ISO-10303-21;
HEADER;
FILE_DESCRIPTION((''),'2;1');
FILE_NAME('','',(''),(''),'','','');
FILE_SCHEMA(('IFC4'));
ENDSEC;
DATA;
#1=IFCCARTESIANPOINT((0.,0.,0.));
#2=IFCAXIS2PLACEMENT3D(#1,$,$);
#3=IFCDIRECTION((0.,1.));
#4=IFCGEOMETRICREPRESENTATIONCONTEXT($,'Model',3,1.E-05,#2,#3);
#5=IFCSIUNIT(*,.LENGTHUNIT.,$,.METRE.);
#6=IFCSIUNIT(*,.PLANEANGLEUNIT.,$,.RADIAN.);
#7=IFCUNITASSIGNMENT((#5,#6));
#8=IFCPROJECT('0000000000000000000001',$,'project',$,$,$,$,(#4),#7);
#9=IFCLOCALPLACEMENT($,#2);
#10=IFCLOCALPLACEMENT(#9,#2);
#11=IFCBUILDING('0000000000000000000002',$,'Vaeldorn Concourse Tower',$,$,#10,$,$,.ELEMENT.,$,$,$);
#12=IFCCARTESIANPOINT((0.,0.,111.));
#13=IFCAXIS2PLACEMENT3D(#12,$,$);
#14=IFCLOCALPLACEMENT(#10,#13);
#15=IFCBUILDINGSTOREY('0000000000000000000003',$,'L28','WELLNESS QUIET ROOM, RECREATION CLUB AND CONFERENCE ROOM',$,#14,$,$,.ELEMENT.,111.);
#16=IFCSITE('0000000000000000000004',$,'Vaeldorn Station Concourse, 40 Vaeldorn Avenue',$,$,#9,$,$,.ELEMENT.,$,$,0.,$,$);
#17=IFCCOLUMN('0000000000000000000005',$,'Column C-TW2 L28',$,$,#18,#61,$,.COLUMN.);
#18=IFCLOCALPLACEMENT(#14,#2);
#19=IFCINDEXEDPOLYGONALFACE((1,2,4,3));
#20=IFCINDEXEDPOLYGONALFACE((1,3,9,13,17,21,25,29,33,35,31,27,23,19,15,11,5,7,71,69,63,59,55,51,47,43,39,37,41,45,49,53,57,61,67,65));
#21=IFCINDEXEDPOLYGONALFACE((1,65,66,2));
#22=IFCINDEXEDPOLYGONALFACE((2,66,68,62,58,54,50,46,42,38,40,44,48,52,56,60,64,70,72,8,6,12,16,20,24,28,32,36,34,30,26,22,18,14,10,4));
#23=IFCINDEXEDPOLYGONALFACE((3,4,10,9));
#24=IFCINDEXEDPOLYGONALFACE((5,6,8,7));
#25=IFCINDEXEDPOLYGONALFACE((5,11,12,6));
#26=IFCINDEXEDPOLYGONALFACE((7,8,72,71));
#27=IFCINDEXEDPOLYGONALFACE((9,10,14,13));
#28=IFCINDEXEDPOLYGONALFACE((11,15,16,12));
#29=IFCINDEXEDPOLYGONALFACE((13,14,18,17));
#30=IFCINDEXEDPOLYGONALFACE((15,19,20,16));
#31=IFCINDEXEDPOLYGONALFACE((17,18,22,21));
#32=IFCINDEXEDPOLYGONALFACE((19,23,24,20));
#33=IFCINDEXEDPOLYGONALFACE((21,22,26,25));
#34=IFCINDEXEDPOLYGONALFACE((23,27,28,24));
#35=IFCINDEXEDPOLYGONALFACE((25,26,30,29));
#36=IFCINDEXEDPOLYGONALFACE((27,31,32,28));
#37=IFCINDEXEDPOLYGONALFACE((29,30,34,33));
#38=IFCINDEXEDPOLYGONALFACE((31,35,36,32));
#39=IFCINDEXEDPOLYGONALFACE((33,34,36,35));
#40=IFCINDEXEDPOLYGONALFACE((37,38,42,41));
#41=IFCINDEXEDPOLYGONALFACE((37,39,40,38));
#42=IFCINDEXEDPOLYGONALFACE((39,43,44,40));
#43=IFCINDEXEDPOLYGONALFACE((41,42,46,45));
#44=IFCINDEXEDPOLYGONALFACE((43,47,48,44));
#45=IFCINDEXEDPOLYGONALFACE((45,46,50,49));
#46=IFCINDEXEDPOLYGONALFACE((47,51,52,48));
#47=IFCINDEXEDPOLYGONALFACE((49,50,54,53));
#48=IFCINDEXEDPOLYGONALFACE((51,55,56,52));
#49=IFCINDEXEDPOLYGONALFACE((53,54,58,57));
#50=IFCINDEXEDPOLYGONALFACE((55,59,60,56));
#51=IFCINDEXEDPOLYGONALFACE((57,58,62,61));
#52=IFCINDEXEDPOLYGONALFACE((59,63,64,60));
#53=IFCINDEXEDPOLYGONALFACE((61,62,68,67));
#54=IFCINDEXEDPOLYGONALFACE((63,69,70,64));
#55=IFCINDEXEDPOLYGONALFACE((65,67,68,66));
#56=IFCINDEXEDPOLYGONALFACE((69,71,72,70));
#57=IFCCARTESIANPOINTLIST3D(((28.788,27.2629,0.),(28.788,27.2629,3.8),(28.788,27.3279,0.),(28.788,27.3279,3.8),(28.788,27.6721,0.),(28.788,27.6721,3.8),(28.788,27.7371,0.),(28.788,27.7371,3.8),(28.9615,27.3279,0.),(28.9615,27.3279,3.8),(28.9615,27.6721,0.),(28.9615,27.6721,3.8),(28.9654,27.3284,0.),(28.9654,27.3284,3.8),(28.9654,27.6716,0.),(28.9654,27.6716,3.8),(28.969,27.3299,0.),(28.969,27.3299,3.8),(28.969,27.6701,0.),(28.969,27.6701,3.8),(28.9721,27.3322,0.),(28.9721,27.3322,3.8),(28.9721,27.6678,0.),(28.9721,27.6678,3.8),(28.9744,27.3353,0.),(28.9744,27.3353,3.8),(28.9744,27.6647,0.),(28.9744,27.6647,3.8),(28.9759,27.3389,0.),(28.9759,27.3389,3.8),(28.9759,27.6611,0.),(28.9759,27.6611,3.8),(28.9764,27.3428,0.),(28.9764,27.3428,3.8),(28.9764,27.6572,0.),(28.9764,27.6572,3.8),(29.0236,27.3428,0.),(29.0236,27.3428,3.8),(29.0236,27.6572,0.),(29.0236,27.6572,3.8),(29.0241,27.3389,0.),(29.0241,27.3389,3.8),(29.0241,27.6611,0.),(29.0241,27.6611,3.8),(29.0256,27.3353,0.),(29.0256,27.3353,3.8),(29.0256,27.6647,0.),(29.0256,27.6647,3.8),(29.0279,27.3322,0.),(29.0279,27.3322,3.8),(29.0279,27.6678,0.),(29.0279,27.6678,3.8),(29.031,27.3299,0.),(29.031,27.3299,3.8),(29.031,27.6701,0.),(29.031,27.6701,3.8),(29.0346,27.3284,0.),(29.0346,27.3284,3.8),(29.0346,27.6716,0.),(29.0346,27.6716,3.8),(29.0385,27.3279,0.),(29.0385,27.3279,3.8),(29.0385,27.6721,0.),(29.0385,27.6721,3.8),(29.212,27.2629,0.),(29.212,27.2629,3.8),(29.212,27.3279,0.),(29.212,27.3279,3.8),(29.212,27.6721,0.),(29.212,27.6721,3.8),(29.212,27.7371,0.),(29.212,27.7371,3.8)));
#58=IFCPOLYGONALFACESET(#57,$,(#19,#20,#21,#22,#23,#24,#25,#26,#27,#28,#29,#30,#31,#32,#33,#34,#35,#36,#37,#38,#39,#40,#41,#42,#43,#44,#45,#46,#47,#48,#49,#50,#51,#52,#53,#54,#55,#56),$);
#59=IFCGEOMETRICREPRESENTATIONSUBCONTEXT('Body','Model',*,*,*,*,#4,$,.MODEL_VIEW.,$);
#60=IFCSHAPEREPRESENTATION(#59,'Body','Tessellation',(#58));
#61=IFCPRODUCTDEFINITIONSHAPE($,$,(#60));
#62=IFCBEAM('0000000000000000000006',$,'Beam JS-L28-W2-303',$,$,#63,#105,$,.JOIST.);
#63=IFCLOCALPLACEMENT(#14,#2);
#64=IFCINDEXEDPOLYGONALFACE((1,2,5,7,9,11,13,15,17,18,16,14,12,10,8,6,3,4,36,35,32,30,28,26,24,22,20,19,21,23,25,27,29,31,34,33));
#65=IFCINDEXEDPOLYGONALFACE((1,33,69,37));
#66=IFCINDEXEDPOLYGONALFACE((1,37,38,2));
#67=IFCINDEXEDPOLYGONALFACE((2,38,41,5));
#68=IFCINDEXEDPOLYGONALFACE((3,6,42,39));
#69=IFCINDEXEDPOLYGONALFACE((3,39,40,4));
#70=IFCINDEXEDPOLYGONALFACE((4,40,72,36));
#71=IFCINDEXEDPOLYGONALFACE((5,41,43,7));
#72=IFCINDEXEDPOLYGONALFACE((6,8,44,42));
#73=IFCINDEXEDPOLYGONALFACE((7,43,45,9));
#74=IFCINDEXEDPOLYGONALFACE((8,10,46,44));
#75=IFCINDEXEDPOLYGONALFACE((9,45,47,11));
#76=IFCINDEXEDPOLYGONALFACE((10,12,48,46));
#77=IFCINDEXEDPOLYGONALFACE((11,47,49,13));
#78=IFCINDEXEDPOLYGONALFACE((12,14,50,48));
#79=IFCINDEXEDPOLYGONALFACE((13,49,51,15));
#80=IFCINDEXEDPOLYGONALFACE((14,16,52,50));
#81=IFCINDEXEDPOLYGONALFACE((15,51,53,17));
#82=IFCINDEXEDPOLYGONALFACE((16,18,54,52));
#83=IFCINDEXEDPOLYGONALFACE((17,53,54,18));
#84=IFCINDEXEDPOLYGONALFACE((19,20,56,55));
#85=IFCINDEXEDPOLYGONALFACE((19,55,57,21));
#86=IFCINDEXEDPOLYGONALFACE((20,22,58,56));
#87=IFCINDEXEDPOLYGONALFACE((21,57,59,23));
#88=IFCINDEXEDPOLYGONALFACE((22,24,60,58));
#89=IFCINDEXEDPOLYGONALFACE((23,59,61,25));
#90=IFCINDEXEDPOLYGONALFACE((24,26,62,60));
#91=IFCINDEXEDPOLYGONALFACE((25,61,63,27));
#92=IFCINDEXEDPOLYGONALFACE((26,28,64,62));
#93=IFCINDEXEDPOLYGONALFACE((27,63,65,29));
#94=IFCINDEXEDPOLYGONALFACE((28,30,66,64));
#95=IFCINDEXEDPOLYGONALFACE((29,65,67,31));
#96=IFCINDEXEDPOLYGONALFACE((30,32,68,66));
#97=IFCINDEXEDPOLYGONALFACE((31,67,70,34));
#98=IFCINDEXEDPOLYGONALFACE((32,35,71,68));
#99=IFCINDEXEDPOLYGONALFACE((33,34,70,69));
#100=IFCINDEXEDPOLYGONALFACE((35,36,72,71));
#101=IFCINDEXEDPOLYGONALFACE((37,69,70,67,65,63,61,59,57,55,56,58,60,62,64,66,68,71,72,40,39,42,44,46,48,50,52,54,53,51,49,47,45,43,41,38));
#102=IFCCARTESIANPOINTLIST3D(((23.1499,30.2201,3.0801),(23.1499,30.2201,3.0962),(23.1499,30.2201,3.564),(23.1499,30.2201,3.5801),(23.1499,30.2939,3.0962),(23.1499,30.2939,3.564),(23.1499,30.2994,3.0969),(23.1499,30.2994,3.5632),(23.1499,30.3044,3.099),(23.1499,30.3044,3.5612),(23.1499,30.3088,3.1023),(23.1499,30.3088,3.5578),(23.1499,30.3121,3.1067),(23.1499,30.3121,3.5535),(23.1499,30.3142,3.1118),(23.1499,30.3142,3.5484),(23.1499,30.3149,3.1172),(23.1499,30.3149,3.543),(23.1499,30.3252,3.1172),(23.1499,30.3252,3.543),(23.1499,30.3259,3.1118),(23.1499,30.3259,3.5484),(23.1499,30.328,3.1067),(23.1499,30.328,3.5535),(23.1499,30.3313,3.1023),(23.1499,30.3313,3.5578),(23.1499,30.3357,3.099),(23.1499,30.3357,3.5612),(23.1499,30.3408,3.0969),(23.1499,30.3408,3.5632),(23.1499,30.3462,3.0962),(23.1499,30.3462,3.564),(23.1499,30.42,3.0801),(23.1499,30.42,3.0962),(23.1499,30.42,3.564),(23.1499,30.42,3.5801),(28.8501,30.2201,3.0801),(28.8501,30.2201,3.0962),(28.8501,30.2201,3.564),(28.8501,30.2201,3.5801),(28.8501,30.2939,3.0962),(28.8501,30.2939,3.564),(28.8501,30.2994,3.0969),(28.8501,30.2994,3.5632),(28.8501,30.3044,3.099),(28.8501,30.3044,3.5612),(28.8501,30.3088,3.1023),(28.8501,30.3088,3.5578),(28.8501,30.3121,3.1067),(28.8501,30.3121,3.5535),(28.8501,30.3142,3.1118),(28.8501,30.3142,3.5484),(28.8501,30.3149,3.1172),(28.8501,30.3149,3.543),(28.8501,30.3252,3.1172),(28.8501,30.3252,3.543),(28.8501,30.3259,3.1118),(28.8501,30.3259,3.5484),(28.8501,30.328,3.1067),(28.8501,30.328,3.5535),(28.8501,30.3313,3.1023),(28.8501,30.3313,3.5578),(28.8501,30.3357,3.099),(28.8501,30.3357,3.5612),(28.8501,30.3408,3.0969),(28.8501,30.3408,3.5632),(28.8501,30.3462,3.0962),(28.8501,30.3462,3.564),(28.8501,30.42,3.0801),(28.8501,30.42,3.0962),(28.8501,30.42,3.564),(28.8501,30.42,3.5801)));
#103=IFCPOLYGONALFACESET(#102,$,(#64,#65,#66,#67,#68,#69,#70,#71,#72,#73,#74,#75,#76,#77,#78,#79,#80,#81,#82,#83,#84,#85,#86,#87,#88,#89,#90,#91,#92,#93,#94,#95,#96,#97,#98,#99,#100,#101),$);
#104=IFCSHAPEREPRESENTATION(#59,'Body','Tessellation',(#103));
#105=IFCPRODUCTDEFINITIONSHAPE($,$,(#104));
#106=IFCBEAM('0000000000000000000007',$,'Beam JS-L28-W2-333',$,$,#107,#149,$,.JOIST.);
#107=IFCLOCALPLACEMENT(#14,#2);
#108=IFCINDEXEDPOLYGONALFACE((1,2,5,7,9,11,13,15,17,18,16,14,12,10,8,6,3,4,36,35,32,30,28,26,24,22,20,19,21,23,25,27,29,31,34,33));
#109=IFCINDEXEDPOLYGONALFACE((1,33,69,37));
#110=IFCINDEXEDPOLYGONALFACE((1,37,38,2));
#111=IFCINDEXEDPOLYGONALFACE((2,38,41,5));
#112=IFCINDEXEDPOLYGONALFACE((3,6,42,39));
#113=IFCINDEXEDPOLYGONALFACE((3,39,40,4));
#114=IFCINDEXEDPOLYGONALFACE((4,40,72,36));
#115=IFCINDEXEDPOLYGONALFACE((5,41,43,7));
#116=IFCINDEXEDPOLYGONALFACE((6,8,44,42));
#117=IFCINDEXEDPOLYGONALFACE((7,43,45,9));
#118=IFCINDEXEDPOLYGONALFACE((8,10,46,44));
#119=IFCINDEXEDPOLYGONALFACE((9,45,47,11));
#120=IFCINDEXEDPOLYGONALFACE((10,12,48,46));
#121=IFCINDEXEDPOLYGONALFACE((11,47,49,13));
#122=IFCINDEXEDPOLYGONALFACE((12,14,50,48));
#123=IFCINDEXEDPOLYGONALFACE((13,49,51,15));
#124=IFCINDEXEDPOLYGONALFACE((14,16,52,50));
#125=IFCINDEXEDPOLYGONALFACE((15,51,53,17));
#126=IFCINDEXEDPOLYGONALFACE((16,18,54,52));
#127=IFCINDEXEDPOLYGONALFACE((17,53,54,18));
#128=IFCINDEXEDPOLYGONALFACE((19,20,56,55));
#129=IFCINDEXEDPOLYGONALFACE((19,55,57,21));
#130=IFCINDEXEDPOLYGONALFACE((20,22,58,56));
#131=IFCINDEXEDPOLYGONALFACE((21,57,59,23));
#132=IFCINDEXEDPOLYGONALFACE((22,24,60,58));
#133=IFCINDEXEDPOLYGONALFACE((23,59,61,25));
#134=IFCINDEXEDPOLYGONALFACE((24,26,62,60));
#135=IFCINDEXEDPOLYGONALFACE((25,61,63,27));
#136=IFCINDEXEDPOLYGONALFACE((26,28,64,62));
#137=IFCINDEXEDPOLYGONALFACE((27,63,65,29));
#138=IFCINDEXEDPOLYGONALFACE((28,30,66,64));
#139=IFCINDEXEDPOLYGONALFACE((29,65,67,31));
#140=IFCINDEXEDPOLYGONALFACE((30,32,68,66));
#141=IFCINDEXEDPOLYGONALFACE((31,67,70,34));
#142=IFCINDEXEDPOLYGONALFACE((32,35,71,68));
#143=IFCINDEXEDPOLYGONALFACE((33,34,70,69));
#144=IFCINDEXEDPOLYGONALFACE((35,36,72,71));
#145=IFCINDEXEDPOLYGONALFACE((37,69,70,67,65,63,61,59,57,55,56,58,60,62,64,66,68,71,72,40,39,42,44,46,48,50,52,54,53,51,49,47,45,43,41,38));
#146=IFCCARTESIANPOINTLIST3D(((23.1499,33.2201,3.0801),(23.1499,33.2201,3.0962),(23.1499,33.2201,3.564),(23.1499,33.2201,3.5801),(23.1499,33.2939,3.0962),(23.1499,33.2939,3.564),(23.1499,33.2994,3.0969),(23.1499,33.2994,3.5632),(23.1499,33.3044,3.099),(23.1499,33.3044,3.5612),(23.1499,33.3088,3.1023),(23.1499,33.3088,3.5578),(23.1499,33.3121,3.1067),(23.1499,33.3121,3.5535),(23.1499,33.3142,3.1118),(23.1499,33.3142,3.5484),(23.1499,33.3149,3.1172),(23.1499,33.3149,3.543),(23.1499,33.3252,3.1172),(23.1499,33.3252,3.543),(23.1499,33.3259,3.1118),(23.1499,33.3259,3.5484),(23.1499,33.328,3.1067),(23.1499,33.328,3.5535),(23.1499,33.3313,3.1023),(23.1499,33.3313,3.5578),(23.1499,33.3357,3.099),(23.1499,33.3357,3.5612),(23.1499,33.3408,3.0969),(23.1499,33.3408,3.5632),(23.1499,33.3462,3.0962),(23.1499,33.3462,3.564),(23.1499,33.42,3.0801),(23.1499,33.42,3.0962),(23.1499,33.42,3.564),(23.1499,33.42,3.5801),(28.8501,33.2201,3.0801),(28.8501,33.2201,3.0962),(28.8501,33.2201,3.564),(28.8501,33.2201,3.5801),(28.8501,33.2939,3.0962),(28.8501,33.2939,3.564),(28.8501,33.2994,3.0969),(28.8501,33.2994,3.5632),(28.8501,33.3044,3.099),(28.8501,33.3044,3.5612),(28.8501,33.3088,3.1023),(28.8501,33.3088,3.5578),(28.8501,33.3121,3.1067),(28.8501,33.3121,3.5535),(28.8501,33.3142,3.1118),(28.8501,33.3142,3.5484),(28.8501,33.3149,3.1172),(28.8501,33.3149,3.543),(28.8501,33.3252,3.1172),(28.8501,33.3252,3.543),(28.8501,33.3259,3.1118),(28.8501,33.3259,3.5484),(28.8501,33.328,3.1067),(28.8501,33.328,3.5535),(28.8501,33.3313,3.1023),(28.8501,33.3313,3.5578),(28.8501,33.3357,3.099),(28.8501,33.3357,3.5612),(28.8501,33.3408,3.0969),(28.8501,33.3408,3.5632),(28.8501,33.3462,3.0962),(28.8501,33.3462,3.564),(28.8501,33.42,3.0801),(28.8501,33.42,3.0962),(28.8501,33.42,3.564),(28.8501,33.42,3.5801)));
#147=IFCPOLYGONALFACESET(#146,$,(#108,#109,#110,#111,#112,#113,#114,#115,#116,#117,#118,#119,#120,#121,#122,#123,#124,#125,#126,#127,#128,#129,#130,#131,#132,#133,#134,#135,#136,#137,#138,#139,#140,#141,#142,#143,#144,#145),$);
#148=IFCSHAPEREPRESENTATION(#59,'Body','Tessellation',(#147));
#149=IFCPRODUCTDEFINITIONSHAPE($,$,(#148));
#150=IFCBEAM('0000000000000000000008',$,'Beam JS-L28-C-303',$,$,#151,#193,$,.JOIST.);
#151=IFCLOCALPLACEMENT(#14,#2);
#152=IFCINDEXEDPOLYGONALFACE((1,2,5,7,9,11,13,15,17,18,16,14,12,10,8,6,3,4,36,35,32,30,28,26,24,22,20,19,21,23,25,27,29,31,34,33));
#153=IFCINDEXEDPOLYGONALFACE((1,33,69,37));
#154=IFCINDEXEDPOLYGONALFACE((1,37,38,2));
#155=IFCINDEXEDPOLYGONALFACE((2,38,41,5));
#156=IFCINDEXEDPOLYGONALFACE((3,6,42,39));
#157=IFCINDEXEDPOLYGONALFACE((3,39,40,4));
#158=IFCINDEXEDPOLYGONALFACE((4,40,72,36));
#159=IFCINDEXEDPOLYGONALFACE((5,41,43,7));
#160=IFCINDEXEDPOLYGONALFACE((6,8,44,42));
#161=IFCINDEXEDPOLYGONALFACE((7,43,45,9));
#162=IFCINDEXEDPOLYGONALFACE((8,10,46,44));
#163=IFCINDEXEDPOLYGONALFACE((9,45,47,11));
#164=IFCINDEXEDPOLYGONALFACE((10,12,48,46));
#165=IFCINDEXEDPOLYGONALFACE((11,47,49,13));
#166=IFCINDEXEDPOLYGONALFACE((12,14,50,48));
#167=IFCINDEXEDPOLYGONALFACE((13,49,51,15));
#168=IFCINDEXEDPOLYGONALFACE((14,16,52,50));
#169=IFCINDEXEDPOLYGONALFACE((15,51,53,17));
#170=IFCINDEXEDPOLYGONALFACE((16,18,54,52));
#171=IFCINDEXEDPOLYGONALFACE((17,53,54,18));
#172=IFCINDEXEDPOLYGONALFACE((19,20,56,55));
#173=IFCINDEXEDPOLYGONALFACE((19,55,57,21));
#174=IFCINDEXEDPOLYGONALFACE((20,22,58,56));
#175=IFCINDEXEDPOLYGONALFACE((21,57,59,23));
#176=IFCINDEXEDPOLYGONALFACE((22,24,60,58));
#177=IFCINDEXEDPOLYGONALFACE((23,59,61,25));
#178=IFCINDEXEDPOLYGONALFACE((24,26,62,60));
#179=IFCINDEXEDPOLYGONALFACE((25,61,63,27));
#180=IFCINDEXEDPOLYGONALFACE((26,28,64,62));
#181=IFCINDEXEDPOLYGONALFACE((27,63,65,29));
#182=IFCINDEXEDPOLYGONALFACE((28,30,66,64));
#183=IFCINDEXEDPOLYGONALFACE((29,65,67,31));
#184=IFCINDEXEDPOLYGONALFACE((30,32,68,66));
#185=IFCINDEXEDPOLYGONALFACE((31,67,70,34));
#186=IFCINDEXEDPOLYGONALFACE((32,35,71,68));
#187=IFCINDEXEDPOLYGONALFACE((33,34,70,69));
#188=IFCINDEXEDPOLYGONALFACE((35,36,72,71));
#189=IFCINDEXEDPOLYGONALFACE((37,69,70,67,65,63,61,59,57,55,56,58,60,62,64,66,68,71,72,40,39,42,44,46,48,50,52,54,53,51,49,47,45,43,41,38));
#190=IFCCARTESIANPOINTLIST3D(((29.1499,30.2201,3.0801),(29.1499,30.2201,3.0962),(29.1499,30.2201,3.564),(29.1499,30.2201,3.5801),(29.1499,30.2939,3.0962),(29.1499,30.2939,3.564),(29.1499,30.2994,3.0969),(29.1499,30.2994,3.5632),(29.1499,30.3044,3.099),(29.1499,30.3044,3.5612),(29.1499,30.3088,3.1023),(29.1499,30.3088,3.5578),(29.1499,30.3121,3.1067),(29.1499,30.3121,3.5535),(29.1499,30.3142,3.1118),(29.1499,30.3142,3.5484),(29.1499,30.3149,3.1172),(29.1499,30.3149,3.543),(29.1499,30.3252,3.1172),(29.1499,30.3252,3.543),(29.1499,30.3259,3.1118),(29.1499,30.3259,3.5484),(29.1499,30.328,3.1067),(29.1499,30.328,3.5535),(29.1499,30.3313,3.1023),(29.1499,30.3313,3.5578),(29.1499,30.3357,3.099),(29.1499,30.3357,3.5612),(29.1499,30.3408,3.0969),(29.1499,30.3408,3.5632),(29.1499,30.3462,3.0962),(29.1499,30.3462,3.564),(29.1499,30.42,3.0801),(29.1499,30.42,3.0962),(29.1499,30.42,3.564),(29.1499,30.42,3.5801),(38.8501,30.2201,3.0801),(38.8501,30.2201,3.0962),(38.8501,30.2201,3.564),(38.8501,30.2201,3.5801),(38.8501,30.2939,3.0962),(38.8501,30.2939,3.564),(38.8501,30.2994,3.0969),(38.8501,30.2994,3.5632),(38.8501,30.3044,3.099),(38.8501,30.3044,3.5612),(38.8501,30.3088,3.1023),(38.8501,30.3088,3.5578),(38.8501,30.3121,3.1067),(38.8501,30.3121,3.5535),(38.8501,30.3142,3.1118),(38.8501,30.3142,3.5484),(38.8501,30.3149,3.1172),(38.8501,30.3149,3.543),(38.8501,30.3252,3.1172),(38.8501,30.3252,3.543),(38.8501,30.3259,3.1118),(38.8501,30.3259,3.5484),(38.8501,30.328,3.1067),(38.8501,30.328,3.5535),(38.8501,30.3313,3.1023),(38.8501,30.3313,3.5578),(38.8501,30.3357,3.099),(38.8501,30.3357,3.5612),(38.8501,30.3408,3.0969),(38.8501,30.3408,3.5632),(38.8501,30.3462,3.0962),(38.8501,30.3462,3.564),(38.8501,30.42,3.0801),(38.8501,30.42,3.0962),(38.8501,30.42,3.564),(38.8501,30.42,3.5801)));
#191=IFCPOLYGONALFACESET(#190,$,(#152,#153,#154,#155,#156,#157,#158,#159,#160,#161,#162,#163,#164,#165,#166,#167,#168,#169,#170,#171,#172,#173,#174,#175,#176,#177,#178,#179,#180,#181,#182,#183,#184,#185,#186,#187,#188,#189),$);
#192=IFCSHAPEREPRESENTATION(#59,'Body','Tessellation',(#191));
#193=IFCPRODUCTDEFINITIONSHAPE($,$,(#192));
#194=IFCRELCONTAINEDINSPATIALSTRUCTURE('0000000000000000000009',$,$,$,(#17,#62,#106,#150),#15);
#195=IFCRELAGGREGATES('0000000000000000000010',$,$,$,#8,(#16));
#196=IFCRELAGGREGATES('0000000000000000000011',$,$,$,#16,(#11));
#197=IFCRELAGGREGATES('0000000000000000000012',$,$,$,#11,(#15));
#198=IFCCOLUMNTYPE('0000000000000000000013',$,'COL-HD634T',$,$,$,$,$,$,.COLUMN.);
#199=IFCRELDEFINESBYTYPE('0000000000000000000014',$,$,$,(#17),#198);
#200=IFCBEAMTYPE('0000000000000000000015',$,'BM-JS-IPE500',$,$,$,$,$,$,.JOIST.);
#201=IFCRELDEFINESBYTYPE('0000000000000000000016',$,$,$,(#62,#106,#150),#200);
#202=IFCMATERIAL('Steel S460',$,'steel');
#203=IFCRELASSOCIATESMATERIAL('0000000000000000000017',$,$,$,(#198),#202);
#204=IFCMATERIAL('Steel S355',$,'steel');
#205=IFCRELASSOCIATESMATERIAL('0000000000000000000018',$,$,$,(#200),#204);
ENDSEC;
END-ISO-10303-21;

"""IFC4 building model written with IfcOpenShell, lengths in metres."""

from ifc_helpers import new_model, si_unit, direction, frame, origin, origin_2d, place, context, subcontext, project, spatial, i_section, extrude, source, transform, mapped, material, material_profile, profile_set, type_object, element, save


model = new_model("IFC4")

# Units and contexts
model_context = context("Model", 3, precision=1e-05, world=origin(), true_north=direction((0.0, 1.0)))
body_context = subcontext(model_context, "Body", "Model", "MODEL_VIEW")
ifc_project = project(units=[si_unit("LENGTHUNIT", "METRE"), si_unit("PLANEANGLEUNIT", "RADIAN")], contexts=[model_context])

# Site, building, storey
site_placement = place(None, origin())
site = spatial("IfcSite", under=ifc_project, at=site_placement, Name="Vaeldorn Station Concourse, 40 Vaeldorn Avenue", CompositionType="ELEMENT", RefElevation=0.0)
building_placement = place(site_placement, origin())
building = spatial("IfcBuilding", under=site, at=building_placement, Name="Vaeldorn Concourse Tower", CompositionType="ELEMENT")
storey_placement = place(building_placement, frame((0.0, 0.0, 111.0)))
storey = spatial("IfcBuildingStorey", under=building, at=storey_placement, Name="L28", Description="WELLNESS QUIET ROOM, RECREATION CLUB AND CONFERENCE ROOM", CompositionType="ELEMENT", Elevation=111.0)

# Column
ifc_material_1 = material(Name="Steel S460", Category="steel")
ifc_material_profile_1 = material_profile(ifc_material_1, i_section(OverallWidth=0.4241, OverallDepth=0.4741, WebThickness=0.0471, FlangeThickness=0.0649, FilletRadius=0.0149, at=origin_2d()), Name="HD 400x634")
ifc_profile_set_1 = profile_set([ifc_material_profile_1], Name="Steel S460")
column_type_1 = type_object("IfcColumnType", Name="COL-HD634T", PredefinedType="COLUMN", material=ifc_profile_set_1)
shared_shape_1 = source(origin(), body_context, "Body", "SweptSolid", [
    extrude(i_section(OverallWidth=0.4241, OverallDepth=0.4741, WebThickness=0.0471, FlangeThickness=0.0649, FilletRadius=0.0149, at=origin_2d()), origin(), (0.0, 0.0, 1.0), 3.8),
])
column_1_placement = place(storey_placement, frame((29.0, 27.5, 0.0), z_axis=(0.0, 0.0, 1.0), x_axis=(1.0, 0.0, 0.0)))
element("IfcColumn", 1, at=column_1_placement, inside=storey, type_object=column_type_1, Name="Column C-TW2 L28", PredefinedType="COLUMN", context=body_context, shape_type="MappedRepresentation", body=[
    mapped(shared_shape_1, transform((0.0, 0.0, 0.0), scale=1.0)),
])

# Beams
ifc_material_2 = material(Name="Steel S355", Category="steel")
ifc_material_profile_2 = material_profile(ifc_material_2, i_section(OverallWidth=0.2, OverallDepth=0.5, WebThickness=0.0103, FlangeThickness=0.0161, FilletRadius=0.021, at=origin_2d()), Name="IPE 500")
ifc_profile_set_2 = profile_set([ifc_material_profile_2], Name="Steel S355")
beam_type_1 = type_object("IfcBeamType", Name="BM-JS-IPE500", PredefinedType="JOIST", material=ifc_profile_set_2)
shared_shape_2 = source(origin(), body_context, "Body", "SweptSolid", [
    extrude(i_section(OverallWidth=0.2, OverallDepth=0.5, WebThickness=0.0103, FlangeThickness=0.0161, FilletRadius=0.021, at=origin_2d()), origin(), (0.0, 0.0, 1.0), 5.7002),
])
for number, where, z_axis, x_axis, name in (
    (2, (23.1499, 30.3201, 3.3301), (1.0, 0.0, 0.0), (0.0, 1.0, 0.0), "Beam JS-L28-W2-303"),
    (3, (23.1499, 33.3201, 3.3301), (1.0, 0.0, 0.0), (0.0, 1.0, 0.0), "Beam JS-L28-W2-333"),
):
    element("IfcBeam", number, at=place(storey_placement, frame(where, z_axis=z_axis, x_axis=x_axis)), inside=storey, type_object=beam_type_1, Name=name, PredefinedType="JOIST", context=body_context, shape_type="MappedRepresentation", body=[
        mapped(shared_shape_2, transform((0.0, 0.0, 0.0), scale=1.0)),
    ])
shared_shape_3 = source(origin(), body_context, "Body", "SweptSolid", [
    extrude(i_section(OverallWidth=0.2, OverallDepth=0.5, WebThickness=0.0103, FlangeThickness=0.0161, FilletRadius=0.021, at=origin_2d()), origin(), (0.0, 0.0, 1.0), 9.7002),
])
for number, where, z_axis, x_axis, name in (
    (4, (29.1499, 30.3201, 3.3301), (1.0, 0.0, 0.0), (0.0, 1.0, 0.0), "Beam JS-L28-C-303"),
):
    element("IfcBeam", number, at=place(storey_placement, frame(where, z_axis=z_axis, x_axis=x_axis)), inside=storey, type_object=beam_type_1, Name=name, PredefinedType="JOIST", context=body_context, shape_type="MappedRepresentation", body=[
        mapped(shared_shape_3, transform((0.0, 0.0, 0.0), scale=1.0)),
    ])

save(model, "model.ifc")
